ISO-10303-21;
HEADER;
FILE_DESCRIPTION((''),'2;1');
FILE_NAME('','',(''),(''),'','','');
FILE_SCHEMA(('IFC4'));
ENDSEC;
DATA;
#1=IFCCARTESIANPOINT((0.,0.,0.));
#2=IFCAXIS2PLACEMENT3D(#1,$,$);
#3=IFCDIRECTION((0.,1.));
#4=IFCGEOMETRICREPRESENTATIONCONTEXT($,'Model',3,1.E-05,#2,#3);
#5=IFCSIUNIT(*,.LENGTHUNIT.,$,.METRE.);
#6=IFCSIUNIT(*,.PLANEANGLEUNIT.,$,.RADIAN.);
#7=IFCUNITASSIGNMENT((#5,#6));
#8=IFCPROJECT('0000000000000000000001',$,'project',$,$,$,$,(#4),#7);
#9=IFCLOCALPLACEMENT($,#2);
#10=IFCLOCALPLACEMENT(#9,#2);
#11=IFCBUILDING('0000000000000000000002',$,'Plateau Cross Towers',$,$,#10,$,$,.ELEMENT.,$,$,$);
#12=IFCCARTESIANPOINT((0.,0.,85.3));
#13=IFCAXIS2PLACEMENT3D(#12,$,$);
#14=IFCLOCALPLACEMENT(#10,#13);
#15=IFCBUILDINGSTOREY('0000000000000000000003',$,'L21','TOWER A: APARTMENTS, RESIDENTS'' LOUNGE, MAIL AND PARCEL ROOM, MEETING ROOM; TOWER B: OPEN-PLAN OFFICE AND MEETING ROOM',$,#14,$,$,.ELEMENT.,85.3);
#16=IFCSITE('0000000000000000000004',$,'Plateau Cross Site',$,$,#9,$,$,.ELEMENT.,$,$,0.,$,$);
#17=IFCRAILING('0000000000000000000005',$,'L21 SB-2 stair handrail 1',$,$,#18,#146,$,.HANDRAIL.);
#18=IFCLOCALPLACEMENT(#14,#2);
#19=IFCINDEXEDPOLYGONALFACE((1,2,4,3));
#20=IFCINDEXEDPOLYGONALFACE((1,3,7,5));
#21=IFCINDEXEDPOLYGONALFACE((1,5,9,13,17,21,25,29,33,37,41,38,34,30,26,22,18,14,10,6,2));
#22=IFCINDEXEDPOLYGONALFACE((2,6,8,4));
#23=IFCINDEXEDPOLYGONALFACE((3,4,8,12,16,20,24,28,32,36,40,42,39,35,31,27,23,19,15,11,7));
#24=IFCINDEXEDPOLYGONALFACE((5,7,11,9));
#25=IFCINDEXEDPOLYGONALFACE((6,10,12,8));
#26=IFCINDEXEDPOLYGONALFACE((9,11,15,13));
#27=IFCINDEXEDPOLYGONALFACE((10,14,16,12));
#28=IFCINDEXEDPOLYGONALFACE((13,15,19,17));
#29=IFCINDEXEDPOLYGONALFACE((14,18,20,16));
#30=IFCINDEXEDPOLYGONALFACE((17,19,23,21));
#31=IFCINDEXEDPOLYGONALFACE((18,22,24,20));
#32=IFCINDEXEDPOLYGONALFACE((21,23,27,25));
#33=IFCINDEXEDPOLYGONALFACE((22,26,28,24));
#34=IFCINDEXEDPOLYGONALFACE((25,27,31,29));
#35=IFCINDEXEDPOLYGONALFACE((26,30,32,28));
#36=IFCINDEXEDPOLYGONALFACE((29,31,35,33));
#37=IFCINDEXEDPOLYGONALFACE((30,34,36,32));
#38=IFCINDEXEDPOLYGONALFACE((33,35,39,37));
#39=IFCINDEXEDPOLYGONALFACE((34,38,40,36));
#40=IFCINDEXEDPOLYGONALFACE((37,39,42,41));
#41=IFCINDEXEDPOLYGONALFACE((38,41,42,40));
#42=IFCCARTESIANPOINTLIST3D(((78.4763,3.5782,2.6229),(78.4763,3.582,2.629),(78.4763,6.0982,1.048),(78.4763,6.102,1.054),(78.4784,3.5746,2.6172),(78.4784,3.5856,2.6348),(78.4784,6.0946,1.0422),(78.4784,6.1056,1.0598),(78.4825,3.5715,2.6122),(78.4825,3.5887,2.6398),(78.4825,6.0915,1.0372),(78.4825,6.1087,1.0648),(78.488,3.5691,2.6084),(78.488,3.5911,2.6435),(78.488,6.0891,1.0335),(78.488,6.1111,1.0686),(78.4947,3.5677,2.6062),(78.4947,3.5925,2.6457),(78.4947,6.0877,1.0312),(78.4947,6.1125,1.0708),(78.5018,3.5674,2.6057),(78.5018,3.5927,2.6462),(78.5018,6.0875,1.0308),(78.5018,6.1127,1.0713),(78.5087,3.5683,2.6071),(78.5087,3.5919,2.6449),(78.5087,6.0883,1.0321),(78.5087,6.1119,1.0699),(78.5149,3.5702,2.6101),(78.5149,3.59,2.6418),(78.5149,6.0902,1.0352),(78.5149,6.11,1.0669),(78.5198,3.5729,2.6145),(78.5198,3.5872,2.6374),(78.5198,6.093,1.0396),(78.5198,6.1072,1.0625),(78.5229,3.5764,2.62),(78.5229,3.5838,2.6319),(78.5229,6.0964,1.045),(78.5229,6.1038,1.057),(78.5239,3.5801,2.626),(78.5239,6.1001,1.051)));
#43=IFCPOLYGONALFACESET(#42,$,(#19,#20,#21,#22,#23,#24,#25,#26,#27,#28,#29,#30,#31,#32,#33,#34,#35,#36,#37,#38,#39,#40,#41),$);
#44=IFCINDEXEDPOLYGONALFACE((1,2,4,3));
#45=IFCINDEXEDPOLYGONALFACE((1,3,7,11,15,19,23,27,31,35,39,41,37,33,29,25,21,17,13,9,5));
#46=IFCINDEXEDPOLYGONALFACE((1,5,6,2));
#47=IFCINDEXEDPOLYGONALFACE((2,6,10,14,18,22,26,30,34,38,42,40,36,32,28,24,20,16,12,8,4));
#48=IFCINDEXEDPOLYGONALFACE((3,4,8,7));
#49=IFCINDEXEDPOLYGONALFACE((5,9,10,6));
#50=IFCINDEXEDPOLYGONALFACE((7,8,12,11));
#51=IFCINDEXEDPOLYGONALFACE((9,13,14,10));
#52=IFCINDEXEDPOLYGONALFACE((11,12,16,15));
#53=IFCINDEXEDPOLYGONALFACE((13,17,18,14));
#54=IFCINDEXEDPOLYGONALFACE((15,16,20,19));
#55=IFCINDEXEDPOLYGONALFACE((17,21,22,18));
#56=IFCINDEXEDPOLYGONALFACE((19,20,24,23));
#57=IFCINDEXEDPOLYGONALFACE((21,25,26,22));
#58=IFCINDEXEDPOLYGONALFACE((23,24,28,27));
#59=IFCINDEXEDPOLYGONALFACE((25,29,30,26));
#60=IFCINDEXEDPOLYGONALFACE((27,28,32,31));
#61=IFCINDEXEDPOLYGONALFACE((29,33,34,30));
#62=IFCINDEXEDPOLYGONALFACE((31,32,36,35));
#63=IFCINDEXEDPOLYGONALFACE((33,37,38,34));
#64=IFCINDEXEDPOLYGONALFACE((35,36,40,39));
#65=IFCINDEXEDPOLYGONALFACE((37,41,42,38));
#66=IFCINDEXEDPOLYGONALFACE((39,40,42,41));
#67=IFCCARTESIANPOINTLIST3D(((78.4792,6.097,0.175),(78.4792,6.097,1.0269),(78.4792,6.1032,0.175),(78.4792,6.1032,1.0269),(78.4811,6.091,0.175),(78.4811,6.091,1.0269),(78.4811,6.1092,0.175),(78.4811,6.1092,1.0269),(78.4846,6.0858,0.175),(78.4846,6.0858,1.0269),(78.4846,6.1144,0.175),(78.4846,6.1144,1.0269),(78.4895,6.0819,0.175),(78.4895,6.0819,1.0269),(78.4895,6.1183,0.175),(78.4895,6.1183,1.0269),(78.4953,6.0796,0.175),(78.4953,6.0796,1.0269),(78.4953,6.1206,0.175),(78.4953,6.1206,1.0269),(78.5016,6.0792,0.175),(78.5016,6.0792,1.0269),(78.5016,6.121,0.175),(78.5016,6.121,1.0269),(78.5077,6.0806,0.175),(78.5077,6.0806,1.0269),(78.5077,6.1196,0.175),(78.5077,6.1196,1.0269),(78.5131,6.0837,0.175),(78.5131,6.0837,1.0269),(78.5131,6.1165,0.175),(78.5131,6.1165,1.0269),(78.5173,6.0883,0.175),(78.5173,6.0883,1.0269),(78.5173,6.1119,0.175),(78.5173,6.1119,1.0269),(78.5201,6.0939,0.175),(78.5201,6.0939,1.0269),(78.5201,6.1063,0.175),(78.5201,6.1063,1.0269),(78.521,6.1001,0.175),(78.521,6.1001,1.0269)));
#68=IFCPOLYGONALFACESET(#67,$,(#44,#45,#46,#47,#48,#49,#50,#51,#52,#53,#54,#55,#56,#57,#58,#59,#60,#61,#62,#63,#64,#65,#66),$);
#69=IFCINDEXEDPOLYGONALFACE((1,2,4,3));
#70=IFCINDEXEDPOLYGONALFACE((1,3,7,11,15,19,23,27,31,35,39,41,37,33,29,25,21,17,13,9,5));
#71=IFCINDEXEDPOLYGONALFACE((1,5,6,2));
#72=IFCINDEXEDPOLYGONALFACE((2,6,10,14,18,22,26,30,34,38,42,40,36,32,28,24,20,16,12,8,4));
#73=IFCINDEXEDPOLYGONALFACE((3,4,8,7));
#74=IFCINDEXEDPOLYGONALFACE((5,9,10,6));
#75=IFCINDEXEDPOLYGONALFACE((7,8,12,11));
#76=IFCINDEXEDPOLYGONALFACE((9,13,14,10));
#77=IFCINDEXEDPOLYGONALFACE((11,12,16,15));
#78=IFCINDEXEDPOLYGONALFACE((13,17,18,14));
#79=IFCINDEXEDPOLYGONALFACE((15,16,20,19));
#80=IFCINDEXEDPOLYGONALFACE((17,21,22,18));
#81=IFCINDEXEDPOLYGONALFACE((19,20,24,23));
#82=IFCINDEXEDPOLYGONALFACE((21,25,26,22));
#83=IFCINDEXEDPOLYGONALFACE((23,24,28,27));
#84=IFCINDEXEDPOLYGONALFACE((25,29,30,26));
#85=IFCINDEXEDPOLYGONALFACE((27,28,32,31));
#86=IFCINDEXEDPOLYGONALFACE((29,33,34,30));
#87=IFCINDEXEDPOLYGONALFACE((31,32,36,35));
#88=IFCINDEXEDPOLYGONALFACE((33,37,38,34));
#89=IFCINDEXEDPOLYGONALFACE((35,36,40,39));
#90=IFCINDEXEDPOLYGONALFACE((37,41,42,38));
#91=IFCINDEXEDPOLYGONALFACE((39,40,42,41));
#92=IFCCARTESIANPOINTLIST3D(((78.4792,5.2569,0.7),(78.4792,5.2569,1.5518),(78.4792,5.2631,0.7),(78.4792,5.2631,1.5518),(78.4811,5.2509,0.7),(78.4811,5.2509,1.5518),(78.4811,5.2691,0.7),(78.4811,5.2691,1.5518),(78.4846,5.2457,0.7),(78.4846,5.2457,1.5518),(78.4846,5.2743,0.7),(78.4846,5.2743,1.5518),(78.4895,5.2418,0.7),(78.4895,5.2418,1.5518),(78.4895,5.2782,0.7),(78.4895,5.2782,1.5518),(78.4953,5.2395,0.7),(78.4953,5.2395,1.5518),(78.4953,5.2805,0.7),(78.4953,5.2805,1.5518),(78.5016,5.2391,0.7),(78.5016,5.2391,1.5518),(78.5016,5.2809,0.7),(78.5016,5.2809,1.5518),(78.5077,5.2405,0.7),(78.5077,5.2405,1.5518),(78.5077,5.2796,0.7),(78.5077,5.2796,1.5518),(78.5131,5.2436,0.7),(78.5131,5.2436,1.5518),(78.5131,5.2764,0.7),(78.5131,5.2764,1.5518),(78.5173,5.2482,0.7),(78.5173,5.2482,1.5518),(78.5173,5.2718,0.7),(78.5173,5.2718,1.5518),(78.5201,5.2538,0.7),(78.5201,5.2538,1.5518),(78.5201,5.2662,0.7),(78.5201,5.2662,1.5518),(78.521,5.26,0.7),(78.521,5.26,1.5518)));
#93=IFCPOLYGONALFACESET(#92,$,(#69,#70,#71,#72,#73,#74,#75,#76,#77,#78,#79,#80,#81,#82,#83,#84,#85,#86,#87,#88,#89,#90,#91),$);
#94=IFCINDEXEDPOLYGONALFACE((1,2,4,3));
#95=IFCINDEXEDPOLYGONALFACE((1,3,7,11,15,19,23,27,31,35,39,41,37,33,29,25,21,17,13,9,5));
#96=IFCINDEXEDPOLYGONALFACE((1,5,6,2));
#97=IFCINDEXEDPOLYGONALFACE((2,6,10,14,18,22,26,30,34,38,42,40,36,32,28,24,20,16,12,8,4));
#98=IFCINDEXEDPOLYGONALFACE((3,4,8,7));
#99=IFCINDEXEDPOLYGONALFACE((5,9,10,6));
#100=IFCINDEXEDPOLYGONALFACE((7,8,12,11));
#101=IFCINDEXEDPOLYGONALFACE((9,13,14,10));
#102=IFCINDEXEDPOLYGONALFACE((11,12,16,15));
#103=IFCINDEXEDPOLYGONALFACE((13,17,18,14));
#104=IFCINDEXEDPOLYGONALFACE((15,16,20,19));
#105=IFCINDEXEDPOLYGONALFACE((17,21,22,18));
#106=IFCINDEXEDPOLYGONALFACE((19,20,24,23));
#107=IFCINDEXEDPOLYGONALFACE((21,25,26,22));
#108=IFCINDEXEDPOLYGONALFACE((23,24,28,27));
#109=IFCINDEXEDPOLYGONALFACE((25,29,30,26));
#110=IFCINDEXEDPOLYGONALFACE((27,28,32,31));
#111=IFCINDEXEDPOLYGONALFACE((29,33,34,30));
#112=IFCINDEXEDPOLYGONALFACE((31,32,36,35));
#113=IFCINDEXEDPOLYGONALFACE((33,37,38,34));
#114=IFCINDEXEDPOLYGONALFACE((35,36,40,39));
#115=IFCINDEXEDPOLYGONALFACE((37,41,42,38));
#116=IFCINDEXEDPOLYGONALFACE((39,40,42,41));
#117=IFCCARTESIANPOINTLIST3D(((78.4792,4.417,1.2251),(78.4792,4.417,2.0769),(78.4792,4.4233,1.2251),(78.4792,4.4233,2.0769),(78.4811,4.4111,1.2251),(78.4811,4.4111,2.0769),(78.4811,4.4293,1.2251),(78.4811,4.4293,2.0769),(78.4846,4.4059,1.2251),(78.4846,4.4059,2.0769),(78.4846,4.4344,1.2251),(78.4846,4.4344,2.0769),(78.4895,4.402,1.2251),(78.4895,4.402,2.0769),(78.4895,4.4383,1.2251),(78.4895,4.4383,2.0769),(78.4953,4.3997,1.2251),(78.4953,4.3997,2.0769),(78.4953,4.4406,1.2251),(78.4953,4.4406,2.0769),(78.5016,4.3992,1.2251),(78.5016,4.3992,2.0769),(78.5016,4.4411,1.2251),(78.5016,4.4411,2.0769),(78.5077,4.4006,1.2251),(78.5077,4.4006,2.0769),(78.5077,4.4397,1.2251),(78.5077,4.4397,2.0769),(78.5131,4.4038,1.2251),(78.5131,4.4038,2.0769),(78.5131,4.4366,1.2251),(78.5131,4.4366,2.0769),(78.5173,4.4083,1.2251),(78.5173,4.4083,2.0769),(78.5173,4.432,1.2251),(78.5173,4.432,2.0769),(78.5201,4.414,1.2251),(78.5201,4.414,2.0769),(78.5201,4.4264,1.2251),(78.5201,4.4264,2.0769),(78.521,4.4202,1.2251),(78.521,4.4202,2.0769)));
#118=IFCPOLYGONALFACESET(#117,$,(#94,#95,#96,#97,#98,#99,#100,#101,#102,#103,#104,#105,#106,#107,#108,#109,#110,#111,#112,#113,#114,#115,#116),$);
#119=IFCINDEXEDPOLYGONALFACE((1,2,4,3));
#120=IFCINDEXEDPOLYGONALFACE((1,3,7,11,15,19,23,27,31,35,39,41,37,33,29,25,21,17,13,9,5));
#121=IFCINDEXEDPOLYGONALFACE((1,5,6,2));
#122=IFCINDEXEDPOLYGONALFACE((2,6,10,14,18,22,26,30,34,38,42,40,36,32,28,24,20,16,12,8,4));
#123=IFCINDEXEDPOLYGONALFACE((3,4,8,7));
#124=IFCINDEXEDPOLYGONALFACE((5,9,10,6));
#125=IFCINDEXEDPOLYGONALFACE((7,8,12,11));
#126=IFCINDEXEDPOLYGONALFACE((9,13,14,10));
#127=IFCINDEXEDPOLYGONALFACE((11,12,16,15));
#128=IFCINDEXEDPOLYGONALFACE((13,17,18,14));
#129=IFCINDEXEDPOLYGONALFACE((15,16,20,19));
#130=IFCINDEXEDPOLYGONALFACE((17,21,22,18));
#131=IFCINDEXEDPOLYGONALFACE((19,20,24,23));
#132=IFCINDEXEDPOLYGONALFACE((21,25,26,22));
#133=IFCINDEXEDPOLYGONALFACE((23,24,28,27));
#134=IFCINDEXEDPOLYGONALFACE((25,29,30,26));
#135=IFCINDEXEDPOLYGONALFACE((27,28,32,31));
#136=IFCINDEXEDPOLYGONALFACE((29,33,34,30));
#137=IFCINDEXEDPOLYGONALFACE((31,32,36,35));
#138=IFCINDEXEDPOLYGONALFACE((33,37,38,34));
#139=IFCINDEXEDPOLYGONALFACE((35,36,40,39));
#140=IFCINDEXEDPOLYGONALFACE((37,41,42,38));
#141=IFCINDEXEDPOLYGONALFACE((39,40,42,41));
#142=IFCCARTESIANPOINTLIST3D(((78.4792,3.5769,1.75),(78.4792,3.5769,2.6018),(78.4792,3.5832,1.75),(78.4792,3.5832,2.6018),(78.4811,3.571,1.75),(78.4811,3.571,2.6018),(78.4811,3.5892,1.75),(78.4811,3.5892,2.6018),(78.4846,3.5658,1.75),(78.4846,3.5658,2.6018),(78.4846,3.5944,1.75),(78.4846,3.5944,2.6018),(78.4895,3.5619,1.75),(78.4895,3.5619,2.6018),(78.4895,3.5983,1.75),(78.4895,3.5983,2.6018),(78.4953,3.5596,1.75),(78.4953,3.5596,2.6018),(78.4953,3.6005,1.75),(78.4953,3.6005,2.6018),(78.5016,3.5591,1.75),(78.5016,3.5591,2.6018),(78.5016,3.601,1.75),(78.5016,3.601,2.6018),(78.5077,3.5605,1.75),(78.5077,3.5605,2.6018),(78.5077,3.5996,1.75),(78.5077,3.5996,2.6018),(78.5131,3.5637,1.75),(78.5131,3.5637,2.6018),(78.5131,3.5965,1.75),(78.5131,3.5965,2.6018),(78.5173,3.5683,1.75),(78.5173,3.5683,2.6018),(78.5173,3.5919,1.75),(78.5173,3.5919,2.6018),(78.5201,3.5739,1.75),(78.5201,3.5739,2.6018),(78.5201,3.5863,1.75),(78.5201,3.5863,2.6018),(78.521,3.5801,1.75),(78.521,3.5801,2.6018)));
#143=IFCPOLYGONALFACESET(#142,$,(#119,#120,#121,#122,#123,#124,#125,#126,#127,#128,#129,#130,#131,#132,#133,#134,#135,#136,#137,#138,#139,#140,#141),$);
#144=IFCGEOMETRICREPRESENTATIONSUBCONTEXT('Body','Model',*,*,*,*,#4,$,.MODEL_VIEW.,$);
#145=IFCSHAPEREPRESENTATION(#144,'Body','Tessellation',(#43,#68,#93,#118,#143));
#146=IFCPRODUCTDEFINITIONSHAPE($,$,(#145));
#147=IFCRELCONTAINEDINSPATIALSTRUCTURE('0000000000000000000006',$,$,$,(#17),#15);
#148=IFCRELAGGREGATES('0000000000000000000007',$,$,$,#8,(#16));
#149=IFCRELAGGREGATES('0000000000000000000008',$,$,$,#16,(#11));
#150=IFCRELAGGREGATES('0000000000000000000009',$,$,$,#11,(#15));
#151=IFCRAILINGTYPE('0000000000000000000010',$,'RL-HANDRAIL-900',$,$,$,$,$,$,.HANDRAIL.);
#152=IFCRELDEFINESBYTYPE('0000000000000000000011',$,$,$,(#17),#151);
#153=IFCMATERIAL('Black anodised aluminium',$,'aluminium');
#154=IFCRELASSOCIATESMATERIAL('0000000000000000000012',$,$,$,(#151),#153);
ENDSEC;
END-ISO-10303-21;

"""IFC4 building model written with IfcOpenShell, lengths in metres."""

from ifc_helpers import new_model, si_unit, direction, frame, origin, origin_2d, place, context, subcontext, project, spatial, circle, extrude, material, type_object, element, save


model = new_model("IFC4")

# Units and contexts
model_context = context("Model", 3, precision=1e-05, world=origin(), true_north=direction((0.0, 1.0)))
body_context = subcontext(model_context, "Body", "Model", "MODEL_VIEW")
ifc_project = project(units=[si_unit("LENGTHUNIT", "METRE"), si_unit("PLANEANGLEUNIT", "RADIAN")], contexts=[model_context])

# Site, building, storey
site_placement = place(None, origin())
site = spatial("IfcSite", under=ifc_project, at=site_placement, Name="Plateau Cross Site", CompositionType="ELEMENT", RefElevation=0.0)
building_placement = place(site_placement, origin())
building = spatial("IfcBuilding", under=site, at=building_placement, Name="Plateau Cross Towers", CompositionType="ELEMENT")
storey_placement = place(building_placement, frame((0.0, 0.0, 85.3)))
storey = spatial("IfcBuildingStorey", under=building, at=storey_placement, Name="L21", Description="TOWER A: APARTMENTS, RESIDENTS' LOUNGE, MAIL AND PARCEL ROOM, MEETING ROOM; TOWER B: OPEN-PLAN OFFICE AND MEETING ROOM", CompositionType="ELEMENT", Elevation=85.3)

# Railing
ifc_material_1 = material(Name="Black anodised aluminium", Category="aluminium")
railing_type_1 = type_object("IfcRailingType", Name="RL-HANDRAIL-900", PredefinedType="HANDRAIL", material=ifc_material_1)
railing_1_placement = place(storey_placement, frame((78.5, 6.1001, 0.175)))
element("IfcRailing", 1, at=railing_1_placement, inside=storey, type_object=railing_type_1, Name="L21 SB-2 stair handrail 1", PredefinedType="HANDRAIL", context=body_context, shape_type="SweptSolid", body=[
    extrude(circle(Radius=0.0239, at=origin_2d()), frame((0.0, 0.0, 0.876), z_axis=(0.0, -0.848008, 0.529984), x_axis=(1.0, 0.0, 0.0)), (0.0, 0.0, 1.0), 2.9717),
    extrude(circle(Radius=0.021, at=origin_2d()), origin(), (0.0, 0.0, 1.0), 0.8518),
    extrude(circle(Radius=0.021, at=origin_2d()), frame((0.0, -0.8401, 0.5249)), (0.0, 0.0, 1.0), 0.8518),
    extrude(circle(Radius=0.021, at=origin_2d()), frame((0.0, -1.6799, 1.05)), (0.0, 0.0, 1.0), 0.8518),
    extrude(circle(Radius=0.021, at=origin_2d()), frame((0.0, -2.52, 1.575)), (0.0, 0.0, 1.0), 0.8518),
])

save(model, "model.ifc")
